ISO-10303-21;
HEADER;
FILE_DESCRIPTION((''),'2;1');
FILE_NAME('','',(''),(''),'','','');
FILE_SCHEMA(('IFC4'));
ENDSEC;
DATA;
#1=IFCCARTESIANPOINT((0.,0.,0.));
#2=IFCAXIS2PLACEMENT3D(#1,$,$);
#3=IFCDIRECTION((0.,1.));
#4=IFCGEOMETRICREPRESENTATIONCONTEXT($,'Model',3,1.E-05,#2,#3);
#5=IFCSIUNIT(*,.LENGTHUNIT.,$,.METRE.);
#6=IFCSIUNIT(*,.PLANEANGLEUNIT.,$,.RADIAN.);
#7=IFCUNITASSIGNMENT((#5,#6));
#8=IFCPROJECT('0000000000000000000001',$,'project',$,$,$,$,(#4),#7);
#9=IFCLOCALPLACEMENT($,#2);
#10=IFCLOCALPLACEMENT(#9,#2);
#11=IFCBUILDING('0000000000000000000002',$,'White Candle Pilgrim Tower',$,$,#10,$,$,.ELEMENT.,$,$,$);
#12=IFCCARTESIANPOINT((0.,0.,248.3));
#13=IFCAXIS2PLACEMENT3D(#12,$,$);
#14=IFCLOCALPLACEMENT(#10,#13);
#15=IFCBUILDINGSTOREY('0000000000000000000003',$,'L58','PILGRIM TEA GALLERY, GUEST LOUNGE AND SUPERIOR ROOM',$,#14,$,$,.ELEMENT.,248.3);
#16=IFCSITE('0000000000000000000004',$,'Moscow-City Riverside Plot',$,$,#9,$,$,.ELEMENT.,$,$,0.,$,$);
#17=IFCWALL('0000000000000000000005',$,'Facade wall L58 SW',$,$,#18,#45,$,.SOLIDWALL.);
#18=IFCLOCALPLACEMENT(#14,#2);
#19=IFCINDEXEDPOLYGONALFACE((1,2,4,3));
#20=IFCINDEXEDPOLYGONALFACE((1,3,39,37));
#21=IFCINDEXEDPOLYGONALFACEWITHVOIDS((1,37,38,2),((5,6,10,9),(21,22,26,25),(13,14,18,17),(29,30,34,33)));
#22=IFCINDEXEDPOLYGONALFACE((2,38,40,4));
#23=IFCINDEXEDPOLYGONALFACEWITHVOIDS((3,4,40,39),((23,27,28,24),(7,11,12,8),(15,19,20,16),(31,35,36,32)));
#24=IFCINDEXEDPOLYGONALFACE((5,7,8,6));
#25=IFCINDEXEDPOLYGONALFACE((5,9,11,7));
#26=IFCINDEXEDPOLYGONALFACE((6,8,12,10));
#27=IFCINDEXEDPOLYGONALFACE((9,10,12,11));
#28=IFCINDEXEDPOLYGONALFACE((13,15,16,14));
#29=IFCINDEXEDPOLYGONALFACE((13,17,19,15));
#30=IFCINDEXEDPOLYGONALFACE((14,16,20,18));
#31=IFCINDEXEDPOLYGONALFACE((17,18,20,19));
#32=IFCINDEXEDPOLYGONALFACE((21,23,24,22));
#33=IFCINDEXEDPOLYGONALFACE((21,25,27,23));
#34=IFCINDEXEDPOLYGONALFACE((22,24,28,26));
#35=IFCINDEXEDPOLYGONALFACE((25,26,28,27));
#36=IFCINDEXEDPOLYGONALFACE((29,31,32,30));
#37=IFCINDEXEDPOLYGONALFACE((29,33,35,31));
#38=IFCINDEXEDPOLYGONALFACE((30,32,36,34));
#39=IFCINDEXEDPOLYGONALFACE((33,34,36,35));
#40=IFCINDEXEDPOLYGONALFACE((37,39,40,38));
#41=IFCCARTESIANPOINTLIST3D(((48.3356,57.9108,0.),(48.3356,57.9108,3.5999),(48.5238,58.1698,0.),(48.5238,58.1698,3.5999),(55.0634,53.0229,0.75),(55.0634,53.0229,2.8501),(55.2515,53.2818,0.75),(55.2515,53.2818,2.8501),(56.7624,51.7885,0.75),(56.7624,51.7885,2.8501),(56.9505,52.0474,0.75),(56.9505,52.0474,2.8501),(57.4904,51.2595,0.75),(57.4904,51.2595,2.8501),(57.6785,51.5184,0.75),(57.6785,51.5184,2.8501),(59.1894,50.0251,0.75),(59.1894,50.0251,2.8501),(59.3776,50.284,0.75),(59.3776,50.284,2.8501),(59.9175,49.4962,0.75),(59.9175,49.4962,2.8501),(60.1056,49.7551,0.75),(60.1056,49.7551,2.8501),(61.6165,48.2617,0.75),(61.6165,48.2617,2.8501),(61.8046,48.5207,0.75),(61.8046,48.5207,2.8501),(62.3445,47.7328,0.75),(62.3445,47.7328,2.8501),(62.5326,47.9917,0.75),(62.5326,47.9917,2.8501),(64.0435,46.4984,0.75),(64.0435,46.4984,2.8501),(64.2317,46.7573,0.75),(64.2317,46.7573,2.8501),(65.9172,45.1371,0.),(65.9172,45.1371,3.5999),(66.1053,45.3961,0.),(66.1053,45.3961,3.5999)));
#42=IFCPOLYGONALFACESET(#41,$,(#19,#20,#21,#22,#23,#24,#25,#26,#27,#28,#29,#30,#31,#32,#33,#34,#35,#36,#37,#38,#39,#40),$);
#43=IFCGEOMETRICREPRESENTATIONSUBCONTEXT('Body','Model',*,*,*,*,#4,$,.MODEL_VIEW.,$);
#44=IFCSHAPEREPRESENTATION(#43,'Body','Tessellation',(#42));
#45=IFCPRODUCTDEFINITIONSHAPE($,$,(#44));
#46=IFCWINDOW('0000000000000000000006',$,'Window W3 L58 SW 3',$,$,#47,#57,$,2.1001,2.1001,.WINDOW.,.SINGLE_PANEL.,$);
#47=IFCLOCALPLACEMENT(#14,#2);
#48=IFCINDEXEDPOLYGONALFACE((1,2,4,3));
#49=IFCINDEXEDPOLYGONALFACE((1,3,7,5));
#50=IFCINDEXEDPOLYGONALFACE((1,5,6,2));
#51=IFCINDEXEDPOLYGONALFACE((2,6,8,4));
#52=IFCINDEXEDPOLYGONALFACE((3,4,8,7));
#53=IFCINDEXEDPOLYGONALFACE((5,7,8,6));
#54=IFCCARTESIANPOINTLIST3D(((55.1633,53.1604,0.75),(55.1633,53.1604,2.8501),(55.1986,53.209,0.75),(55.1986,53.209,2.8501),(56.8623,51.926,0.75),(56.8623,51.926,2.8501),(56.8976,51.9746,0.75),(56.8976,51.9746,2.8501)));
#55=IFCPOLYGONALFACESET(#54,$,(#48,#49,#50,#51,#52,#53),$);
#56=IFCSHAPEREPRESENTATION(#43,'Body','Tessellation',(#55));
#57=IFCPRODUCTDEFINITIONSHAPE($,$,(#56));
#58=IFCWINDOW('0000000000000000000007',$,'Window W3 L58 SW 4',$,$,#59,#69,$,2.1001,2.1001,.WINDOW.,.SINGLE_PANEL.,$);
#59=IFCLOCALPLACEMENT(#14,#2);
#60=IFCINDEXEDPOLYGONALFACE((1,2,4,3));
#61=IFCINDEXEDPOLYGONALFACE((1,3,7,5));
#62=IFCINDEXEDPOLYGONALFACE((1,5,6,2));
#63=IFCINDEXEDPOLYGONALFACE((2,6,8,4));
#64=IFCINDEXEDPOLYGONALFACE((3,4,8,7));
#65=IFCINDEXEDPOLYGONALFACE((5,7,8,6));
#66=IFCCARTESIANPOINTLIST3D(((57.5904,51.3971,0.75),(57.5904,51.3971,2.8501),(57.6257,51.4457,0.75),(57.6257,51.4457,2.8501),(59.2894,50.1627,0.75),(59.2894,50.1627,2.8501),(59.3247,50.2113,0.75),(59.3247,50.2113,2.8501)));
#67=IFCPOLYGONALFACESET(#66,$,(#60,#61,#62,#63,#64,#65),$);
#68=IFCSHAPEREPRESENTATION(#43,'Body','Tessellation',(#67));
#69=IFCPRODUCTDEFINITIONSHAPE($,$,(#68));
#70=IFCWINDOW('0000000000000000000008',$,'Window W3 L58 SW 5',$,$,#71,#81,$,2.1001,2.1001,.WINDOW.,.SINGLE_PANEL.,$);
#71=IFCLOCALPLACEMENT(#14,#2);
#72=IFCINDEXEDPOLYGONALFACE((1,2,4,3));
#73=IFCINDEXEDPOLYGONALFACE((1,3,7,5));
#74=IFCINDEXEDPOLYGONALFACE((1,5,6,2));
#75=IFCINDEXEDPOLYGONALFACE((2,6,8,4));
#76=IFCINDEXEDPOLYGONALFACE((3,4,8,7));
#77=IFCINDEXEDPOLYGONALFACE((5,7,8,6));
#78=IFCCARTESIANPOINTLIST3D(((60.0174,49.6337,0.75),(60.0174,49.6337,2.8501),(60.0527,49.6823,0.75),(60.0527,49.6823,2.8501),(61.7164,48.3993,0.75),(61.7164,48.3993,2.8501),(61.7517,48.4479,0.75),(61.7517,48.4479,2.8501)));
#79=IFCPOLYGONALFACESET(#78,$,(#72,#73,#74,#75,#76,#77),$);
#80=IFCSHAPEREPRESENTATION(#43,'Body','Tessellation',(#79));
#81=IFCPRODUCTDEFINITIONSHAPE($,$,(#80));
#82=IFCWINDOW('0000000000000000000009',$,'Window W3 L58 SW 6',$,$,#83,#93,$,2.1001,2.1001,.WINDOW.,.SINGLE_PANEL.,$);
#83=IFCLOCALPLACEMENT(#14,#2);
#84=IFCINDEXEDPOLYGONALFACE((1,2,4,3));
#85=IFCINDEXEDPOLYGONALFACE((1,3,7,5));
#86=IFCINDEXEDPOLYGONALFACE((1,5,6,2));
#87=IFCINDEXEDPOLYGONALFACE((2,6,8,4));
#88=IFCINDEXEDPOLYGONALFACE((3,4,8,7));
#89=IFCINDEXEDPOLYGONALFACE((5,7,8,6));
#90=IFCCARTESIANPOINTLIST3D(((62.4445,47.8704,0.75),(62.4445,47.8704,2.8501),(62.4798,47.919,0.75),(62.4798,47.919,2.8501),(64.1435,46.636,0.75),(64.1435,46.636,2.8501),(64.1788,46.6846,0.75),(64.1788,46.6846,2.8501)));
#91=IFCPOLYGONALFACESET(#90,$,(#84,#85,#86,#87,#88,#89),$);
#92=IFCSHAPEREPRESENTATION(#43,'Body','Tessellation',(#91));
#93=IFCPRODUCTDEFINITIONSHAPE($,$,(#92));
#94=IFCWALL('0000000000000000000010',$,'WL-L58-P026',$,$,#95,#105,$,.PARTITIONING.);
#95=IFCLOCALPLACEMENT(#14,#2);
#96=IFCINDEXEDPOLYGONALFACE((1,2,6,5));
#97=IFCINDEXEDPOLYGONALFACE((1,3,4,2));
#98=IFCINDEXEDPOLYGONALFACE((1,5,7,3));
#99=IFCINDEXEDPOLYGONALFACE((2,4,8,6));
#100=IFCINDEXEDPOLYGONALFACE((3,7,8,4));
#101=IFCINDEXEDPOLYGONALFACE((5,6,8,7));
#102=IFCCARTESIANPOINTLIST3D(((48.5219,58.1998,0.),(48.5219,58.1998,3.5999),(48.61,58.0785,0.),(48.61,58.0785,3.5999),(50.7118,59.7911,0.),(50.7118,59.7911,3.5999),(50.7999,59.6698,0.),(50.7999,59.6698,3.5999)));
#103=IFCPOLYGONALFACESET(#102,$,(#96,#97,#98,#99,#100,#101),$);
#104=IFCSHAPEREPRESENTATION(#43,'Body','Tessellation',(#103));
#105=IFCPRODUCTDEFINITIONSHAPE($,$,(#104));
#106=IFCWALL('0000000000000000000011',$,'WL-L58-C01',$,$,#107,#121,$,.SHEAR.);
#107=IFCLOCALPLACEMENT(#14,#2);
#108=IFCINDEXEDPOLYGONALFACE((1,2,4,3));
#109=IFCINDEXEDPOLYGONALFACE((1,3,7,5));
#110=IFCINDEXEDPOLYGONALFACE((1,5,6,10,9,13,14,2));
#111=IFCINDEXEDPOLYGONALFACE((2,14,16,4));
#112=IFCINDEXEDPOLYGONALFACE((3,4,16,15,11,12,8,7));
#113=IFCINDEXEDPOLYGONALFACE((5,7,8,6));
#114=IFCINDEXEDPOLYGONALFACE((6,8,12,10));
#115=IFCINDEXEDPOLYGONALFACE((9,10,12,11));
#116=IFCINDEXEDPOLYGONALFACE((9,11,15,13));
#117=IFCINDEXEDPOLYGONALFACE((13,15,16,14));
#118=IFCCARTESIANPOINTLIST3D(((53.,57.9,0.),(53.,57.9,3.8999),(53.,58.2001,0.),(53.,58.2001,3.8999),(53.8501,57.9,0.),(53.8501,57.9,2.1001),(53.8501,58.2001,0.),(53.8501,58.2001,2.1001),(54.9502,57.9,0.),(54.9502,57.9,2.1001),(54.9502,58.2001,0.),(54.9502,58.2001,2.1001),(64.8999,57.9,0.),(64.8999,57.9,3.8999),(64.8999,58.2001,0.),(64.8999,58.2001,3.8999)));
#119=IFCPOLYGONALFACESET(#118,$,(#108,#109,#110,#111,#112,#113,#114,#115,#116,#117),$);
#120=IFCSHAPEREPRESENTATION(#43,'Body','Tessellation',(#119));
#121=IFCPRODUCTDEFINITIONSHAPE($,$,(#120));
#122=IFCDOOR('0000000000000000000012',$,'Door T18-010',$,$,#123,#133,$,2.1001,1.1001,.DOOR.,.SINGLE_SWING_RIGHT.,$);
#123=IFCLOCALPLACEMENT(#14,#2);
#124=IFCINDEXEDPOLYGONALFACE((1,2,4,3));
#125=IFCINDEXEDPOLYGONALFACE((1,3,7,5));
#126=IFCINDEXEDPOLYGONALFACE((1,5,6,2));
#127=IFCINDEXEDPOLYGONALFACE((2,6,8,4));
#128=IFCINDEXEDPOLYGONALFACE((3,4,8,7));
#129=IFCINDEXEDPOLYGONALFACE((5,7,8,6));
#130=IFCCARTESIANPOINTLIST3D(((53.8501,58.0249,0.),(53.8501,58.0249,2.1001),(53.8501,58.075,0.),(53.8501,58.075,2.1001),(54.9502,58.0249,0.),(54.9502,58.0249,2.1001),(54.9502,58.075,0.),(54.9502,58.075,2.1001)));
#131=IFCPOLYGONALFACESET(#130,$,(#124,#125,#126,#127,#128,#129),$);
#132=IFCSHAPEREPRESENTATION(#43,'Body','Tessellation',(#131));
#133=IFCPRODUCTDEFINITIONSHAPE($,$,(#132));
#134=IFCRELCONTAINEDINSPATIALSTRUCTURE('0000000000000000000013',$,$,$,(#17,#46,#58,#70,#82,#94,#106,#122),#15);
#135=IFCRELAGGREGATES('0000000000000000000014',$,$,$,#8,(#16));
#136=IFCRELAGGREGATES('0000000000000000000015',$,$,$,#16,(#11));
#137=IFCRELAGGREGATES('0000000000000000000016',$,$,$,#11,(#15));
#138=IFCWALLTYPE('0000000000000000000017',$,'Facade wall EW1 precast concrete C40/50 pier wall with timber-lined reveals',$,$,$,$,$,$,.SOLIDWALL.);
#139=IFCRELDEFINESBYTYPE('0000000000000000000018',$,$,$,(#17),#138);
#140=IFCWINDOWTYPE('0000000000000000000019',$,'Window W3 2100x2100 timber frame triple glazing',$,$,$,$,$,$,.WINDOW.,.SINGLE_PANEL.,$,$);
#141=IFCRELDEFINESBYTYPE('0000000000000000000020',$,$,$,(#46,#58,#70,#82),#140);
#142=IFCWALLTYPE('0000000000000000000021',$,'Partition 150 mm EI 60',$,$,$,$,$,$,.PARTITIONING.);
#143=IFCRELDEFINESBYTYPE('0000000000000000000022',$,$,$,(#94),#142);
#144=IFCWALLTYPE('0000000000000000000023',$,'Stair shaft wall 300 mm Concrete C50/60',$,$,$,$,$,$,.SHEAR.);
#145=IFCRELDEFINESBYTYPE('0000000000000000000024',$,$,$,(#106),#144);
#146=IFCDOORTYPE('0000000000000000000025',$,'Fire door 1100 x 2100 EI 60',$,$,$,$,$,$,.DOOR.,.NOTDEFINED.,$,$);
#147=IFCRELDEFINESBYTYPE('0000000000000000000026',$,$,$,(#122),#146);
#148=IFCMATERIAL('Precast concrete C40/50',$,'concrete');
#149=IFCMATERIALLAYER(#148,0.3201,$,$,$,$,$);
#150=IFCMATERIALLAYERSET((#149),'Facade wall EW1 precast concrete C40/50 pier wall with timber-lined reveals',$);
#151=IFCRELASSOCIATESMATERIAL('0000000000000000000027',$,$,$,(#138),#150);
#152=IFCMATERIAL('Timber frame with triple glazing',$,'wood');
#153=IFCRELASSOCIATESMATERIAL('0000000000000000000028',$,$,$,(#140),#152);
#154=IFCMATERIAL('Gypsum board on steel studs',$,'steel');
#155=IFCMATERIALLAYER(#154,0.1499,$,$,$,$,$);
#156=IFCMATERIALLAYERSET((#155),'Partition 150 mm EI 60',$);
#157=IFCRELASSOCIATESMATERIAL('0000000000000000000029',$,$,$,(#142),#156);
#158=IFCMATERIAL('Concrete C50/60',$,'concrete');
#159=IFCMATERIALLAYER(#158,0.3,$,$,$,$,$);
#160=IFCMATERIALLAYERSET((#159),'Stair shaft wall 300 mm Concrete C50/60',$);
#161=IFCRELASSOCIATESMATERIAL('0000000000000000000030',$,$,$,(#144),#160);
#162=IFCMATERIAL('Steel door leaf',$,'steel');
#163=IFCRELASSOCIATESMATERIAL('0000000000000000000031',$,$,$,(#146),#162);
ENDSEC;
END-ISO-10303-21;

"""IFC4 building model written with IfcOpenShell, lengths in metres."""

from ifc_helpers import new_model, si_unit, direction, frame, frame_2d, origin, place, context, subcontext, project, spatial, rectangle, extrude, material, layer, layer_set, type_object, element, fill, save


model = new_model("IFC4")

# Units and contexts
model_context = context("Model", 3, precision=1e-05, world=origin(), true_north=direction((0.0, 1.0)))
body_context = subcontext(model_context, "Body", "Model", "MODEL_VIEW")
ifc_project = project(units=[si_unit("LENGTHUNIT", "METRE"), si_unit("PLANEANGLEUNIT", "RADIAN")], contexts=[model_context])

# Site, building, storey
site_placement = place(None, origin())
site = spatial("IfcSite", under=ifc_project, at=site_placement, Name="Moscow-City Riverside Plot", CompositionType="ELEMENT", RefElevation=0.0)
building_placement = place(site_placement, origin())
building = spatial("IfcBuilding", under=site, at=building_placement, Name="White Candle Pilgrim Tower", CompositionType="ELEMENT")
storey_placement = place(building_placement, frame((0.0, 0.0, 248.3)))
storey = spatial("IfcBuildingStorey", under=building, at=storey_placement, Name="L58", Description="PILGRIM TEA GALLERY, GUEST LOUNGE AND SUPERIOR ROOM", CompositionType="ELEMENT", Elevation=248.3)

# Shared definitions
ifc_material_1 = material(Name="Concrete C50/60", Category="concrete")

# Shared definitions
ifc_material_2 = material(Name="Gypsum board on steel studs", Category="steel")
ifc_material_3 = material(Name="Steel door leaf", Category="steel")

# Wall, openings, windows
ifc_material_4 = material(Name="Precast concrete C40/50", Category="concrete")
ifc_layer_1 = layer(ifc_material_4, 0.3201)
ifc_layer_set_1 = layer_set([ifc_layer_1], Name="Facade wall EW1 precast concrete C40/50 pier wall with timber-lined reveals")
wall_type_1 = type_object("IfcWallType", Name="Facade wall EW1 precast concrete C40/50 pier wall with timber-lined reveals", PredefinedType="SOLIDWALL", material=ifc_layer_set_1)
wall_1_placement = place(storey_placement, frame((48.4297, 58.0403, 0.0), z_axis=(0.0, 0.0, 1.0), x_axis=(0.809018, -0.587784, 0.0)))
wall_1 = element("IfcWall", 1, at=wall_1_placement, inside=storey, type_object=wall_type_1, Name="Facade wall L58 SW", PredefinedType="SOLIDWALL", context=body_context, shape_type="SweptSolid", body=[
    extrude(rectangle(XDim=21.7319, YDim=0.3201, at=frame_2d((10.866, 0.0))), origin(), (0.0, 0.0, 1.0), 3.5999),
])
opening_1_placement = place(wall_1_placement, frame((8.3159, 0.0, 0.75)))
opening_1 = element("IfcOpeningElement", 2, at=opening_1_placement, cuts=wall_1, PredefinedType="OPENING", context=body_context, shape_type="SweptSolid", body=[
    extrude(rectangle(XDim=2.1001, YDim=2.1001, at=frame_2d((1.05, 1.05))), frame((0.0, 0.1699, 0.0), z_axis=(0.0, -1.0, 0.0), x_axis=(1.0, 0.0, 0.0)), (0.0, 0.0, 1.0), 0.3401),
])
opening_2_placement = place(wall_1_placement, frame((11.3159, 0.0, 0.75)))
opening_2 = element("IfcOpeningElement", 3, at=opening_2_placement, cuts=wall_1, PredefinedType="OPENING", context=body_context, shape_type="SweptSolid", body=[
    extrude(rectangle(XDim=2.1001, YDim=2.1001, at=frame_2d((1.05, 1.05))), frame((0.0, 0.1699, 0.0), z_axis=(0.0, -1.0, 0.0), x_axis=(1.0, 0.0, 0.0)), (0.0, 0.0, 1.0), 0.3401),
])
opening_3_placement = place(wall_1_placement, frame((14.3159, 0.0, 0.75)))
opening_3 = element("IfcOpeningElement", 4, at=opening_3_placement, cuts=wall_1, PredefinedType="OPENING", context=body_context, shape_type="SweptSolid", body=[
    extrude(rectangle(XDim=2.1001, YDim=2.1001, at=frame_2d((1.05, 1.05))), frame((0.0, 0.1699, 0.0), z_axis=(0.0, -1.0, 0.0), x_axis=(1.0, 0.0, 0.0)), (0.0, 0.0, 1.0), 0.3401),
])
opening_4_placement = place(wall_1_placement, frame((17.3159, 0.0, 0.75)))
opening_4 = element("IfcOpeningElement", 5, at=opening_4_placement, cuts=wall_1, PredefinedType="OPENING", context=body_context, shape_type="SweptSolid", body=[
    extrude(rectangle(XDim=2.1001, YDim=2.1001, at=frame_2d((1.05, 1.05))), frame((0.0, 0.1699, 0.0), z_axis=(0.0, -1.0, 0.0), x_axis=(1.0, 0.0, 0.0)), (0.0, 0.0, 1.0), 0.3401),
])
ifc_material_5 = material(Name="Timber frame with triple glazing", Category="wood")
window_type = type_object("IfcWindowType", Name="Window W3 2100x2100 timber frame triple glazing", PartitioningType="SINGLE_PANEL", PredefinedType="WINDOW", material=ifc_material_5)
window_1_placement = place(opening_1_placement, origin())
window_1 = element("IfcWindow", 6, at=window_1_placement, inside=storey, type_object=window_type, Name="Window W3 L58 SW 3", OverallHeight=2.1001, OverallWidth=2.1001, PartitioningType="SINGLE_PANEL", PredefinedType="WINDOW", context=body_context, shape_type="SweptSolid", body=[
    extrude(rectangle(XDim=2.1001, YDim=2.1001, at=frame_2d((1.05, 1.05))), frame((0.0, 0.0701, 0.0), z_axis=(0.0, -1.0, 0.0), x_axis=(1.0, 0.0, 0.0)), (0.0, 0.0, 1.0), 0.0601),
])
fill(opening_1, window_1)
window_2_placement = place(opening_2_placement, origin())
window_2 = element("IfcWindow", 7, at=window_2_placement, inside=storey, type_object=window_type, Name="Window W3 L58 SW 4", OverallHeight=2.1001, OverallWidth=2.1001, PartitioningType="SINGLE_PANEL", PredefinedType="WINDOW", context=body_context, shape_type="SweptSolid", body=[
    extrude(rectangle(XDim=2.1001, YDim=2.1001, at=frame_2d((1.05, 1.05))), frame((0.0, 0.0701, 0.0), z_axis=(0.0, -1.0, 0.0), x_axis=(1.0, 0.0, 0.0)), (0.0, 0.0, 1.0), 0.0601),
])
fill(opening_2, window_2)
window_3_placement = place(opening_3_placement, origin())
window_3 = element("IfcWindow", 8, at=window_3_placement, inside=storey, type_object=window_type, Name="Window W3 L58 SW 5", OverallHeight=2.1001, OverallWidth=2.1001, PartitioningType="SINGLE_PANEL", PredefinedType="WINDOW", context=body_context, shape_type="SweptSolid", body=[
    extrude(rectangle(XDim=2.1001, YDim=2.1001, at=frame_2d((1.05, 1.05))), frame((0.0, 0.0701, 0.0), z_axis=(0.0, -1.0, 0.0), x_axis=(1.0, 0.0, 0.0)), (0.0, 0.0, 1.0), 0.0601),
])
fill(opening_3, window_3)
window_4_placement = place(opening_4_placement, origin())
window_4 = element("IfcWindow", 9, at=window_4_placement, inside=storey, type_object=window_type, Name="Window W3 L58 SW 6", OverallHeight=2.1001, OverallWidth=2.1001, PartitioningType="SINGLE_PANEL", PredefinedType="WINDOW", context=body_context, shape_type="SweptSolid", body=[
    extrude(rectangle(XDim=2.1001, YDim=2.1001, at=frame_2d((1.05, 1.05))), frame((0.0, 0.0701, 0.0), z_axis=(0.0, -1.0, 0.0), x_axis=(1.0, 0.0, 0.0)), (0.0, 0.0, 1.0), 0.0601),
])
fill(opening_4, window_4)

# Wall
ifc_layer_2 = layer(ifc_material_2, 0.1499)
ifc_layer_set_2 = layer_set([ifc_layer_2], Name="Partition 150 mm EI 60")
wall_type_2 = type_object("IfcWallType", Name="Partition 150 mm EI 60", PredefinedType="PARTITIONING", material=ifc_layer_set_2)
wall_2_placement = place(storey_placement, frame((48.5659, 58.1392, 0.0), z_axis=(0.0, 0.0, 1.0), x_axis=(0.808978, 0.587839, 0.0)))
element("IfcWall", 10, at=wall_2_placement, inside=storey, type_object=wall_type_2, Name="WL-L58-P026", PredefinedType="PARTITIONING", context=body_context, shape_type="SweptSolid", body=[
    extrude(rectangle(XDim=2.707, YDim=0.1499, at=frame_2d((1.3535, 0.0))), origin(), (0.0, 0.0, 1.0), 3.5999),
])

# Wall, opening, door
ifc_layer_3 = layer(ifc_material_1, 0.3)
ifc_layer_set_3 = layer_set([ifc_layer_3], Name="Stair shaft wall 300 mm Concrete C50/60")
wall_type_3 = type_object("IfcWallType", Name="Stair shaft wall 300 mm Concrete C50/60", PredefinedType="SHEAR", material=ifc_layer_set_3)
wall_3_placement = place(storey_placement, frame((53.0, 58.05, 0.0), z_axis=(0.0, 0.0, 1.0), x_axis=(1.0, 0.0, 0.0)))
wall_3 = element("IfcWall", 11, at=wall_3_placement, inside=storey, type_object=wall_type_3, Name="WL-L58-C01", PredefinedType="SHEAR", context=body_context, shape_type="SweptSolid", body=[
    extrude(rectangle(XDim=11.8999, YDim=0.3, at=frame_2d((5.95, 0.0))), origin(), (0.0, 0.0, 1.0), 3.8999),
])
opening_5_placement = place(wall_3_placement, frame((0.8501, 0.0, 0.0)))
opening_5 = element("IfcOpeningElement", 12, at=opening_5_placement, cuts=wall_3, PredefinedType="OPENING", context=body_context, shape_type="SweptSolid", body=[
    extrude(rectangle(XDim=1.1001, YDim=2.1001, at=frame_2d((0.55, 1.05))), frame((0.0, 0.1599, 0.0), z_axis=(0.0, -1.0, 0.0), x_axis=(1.0, 0.0, 0.0)), (0.0, 0.0, 1.0), 0.3201),
])
door_type_1 = type_object("IfcDoorType", Name="Fire door 1100 x 2100 EI 60", OperationType="NOTDEFINED", PredefinedType="DOOR", material=ifc_material_3)
door_1_placement = place(opening_5_placement, origin())
door_1 = element("IfcDoor", 13, at=door_1_placement, inside=storey, type_object=door_type_1, Name="Door T18-010", OperationType="SINGLE_SWING_RIGHT", OverallHeight=2.1001, OverallWidth=1.1001, PredefinedType="DOOR", context=body_context, shape_type="SweptSolid", body=[
    extrude(rectangle(XDim=1.1001, YDim=2.1001, at=frame_2d((0.55, 1.05))), frame((0.0, 0.0249, 0.0), z_axis=(0.0, -1.0, 0.0), x_axis=(1.0, 0.0, 0.0)), (0.0, 0.0, 1.0), 0.05),
])
fill(opening_5, door_1)

save(model, "model.ifc")
